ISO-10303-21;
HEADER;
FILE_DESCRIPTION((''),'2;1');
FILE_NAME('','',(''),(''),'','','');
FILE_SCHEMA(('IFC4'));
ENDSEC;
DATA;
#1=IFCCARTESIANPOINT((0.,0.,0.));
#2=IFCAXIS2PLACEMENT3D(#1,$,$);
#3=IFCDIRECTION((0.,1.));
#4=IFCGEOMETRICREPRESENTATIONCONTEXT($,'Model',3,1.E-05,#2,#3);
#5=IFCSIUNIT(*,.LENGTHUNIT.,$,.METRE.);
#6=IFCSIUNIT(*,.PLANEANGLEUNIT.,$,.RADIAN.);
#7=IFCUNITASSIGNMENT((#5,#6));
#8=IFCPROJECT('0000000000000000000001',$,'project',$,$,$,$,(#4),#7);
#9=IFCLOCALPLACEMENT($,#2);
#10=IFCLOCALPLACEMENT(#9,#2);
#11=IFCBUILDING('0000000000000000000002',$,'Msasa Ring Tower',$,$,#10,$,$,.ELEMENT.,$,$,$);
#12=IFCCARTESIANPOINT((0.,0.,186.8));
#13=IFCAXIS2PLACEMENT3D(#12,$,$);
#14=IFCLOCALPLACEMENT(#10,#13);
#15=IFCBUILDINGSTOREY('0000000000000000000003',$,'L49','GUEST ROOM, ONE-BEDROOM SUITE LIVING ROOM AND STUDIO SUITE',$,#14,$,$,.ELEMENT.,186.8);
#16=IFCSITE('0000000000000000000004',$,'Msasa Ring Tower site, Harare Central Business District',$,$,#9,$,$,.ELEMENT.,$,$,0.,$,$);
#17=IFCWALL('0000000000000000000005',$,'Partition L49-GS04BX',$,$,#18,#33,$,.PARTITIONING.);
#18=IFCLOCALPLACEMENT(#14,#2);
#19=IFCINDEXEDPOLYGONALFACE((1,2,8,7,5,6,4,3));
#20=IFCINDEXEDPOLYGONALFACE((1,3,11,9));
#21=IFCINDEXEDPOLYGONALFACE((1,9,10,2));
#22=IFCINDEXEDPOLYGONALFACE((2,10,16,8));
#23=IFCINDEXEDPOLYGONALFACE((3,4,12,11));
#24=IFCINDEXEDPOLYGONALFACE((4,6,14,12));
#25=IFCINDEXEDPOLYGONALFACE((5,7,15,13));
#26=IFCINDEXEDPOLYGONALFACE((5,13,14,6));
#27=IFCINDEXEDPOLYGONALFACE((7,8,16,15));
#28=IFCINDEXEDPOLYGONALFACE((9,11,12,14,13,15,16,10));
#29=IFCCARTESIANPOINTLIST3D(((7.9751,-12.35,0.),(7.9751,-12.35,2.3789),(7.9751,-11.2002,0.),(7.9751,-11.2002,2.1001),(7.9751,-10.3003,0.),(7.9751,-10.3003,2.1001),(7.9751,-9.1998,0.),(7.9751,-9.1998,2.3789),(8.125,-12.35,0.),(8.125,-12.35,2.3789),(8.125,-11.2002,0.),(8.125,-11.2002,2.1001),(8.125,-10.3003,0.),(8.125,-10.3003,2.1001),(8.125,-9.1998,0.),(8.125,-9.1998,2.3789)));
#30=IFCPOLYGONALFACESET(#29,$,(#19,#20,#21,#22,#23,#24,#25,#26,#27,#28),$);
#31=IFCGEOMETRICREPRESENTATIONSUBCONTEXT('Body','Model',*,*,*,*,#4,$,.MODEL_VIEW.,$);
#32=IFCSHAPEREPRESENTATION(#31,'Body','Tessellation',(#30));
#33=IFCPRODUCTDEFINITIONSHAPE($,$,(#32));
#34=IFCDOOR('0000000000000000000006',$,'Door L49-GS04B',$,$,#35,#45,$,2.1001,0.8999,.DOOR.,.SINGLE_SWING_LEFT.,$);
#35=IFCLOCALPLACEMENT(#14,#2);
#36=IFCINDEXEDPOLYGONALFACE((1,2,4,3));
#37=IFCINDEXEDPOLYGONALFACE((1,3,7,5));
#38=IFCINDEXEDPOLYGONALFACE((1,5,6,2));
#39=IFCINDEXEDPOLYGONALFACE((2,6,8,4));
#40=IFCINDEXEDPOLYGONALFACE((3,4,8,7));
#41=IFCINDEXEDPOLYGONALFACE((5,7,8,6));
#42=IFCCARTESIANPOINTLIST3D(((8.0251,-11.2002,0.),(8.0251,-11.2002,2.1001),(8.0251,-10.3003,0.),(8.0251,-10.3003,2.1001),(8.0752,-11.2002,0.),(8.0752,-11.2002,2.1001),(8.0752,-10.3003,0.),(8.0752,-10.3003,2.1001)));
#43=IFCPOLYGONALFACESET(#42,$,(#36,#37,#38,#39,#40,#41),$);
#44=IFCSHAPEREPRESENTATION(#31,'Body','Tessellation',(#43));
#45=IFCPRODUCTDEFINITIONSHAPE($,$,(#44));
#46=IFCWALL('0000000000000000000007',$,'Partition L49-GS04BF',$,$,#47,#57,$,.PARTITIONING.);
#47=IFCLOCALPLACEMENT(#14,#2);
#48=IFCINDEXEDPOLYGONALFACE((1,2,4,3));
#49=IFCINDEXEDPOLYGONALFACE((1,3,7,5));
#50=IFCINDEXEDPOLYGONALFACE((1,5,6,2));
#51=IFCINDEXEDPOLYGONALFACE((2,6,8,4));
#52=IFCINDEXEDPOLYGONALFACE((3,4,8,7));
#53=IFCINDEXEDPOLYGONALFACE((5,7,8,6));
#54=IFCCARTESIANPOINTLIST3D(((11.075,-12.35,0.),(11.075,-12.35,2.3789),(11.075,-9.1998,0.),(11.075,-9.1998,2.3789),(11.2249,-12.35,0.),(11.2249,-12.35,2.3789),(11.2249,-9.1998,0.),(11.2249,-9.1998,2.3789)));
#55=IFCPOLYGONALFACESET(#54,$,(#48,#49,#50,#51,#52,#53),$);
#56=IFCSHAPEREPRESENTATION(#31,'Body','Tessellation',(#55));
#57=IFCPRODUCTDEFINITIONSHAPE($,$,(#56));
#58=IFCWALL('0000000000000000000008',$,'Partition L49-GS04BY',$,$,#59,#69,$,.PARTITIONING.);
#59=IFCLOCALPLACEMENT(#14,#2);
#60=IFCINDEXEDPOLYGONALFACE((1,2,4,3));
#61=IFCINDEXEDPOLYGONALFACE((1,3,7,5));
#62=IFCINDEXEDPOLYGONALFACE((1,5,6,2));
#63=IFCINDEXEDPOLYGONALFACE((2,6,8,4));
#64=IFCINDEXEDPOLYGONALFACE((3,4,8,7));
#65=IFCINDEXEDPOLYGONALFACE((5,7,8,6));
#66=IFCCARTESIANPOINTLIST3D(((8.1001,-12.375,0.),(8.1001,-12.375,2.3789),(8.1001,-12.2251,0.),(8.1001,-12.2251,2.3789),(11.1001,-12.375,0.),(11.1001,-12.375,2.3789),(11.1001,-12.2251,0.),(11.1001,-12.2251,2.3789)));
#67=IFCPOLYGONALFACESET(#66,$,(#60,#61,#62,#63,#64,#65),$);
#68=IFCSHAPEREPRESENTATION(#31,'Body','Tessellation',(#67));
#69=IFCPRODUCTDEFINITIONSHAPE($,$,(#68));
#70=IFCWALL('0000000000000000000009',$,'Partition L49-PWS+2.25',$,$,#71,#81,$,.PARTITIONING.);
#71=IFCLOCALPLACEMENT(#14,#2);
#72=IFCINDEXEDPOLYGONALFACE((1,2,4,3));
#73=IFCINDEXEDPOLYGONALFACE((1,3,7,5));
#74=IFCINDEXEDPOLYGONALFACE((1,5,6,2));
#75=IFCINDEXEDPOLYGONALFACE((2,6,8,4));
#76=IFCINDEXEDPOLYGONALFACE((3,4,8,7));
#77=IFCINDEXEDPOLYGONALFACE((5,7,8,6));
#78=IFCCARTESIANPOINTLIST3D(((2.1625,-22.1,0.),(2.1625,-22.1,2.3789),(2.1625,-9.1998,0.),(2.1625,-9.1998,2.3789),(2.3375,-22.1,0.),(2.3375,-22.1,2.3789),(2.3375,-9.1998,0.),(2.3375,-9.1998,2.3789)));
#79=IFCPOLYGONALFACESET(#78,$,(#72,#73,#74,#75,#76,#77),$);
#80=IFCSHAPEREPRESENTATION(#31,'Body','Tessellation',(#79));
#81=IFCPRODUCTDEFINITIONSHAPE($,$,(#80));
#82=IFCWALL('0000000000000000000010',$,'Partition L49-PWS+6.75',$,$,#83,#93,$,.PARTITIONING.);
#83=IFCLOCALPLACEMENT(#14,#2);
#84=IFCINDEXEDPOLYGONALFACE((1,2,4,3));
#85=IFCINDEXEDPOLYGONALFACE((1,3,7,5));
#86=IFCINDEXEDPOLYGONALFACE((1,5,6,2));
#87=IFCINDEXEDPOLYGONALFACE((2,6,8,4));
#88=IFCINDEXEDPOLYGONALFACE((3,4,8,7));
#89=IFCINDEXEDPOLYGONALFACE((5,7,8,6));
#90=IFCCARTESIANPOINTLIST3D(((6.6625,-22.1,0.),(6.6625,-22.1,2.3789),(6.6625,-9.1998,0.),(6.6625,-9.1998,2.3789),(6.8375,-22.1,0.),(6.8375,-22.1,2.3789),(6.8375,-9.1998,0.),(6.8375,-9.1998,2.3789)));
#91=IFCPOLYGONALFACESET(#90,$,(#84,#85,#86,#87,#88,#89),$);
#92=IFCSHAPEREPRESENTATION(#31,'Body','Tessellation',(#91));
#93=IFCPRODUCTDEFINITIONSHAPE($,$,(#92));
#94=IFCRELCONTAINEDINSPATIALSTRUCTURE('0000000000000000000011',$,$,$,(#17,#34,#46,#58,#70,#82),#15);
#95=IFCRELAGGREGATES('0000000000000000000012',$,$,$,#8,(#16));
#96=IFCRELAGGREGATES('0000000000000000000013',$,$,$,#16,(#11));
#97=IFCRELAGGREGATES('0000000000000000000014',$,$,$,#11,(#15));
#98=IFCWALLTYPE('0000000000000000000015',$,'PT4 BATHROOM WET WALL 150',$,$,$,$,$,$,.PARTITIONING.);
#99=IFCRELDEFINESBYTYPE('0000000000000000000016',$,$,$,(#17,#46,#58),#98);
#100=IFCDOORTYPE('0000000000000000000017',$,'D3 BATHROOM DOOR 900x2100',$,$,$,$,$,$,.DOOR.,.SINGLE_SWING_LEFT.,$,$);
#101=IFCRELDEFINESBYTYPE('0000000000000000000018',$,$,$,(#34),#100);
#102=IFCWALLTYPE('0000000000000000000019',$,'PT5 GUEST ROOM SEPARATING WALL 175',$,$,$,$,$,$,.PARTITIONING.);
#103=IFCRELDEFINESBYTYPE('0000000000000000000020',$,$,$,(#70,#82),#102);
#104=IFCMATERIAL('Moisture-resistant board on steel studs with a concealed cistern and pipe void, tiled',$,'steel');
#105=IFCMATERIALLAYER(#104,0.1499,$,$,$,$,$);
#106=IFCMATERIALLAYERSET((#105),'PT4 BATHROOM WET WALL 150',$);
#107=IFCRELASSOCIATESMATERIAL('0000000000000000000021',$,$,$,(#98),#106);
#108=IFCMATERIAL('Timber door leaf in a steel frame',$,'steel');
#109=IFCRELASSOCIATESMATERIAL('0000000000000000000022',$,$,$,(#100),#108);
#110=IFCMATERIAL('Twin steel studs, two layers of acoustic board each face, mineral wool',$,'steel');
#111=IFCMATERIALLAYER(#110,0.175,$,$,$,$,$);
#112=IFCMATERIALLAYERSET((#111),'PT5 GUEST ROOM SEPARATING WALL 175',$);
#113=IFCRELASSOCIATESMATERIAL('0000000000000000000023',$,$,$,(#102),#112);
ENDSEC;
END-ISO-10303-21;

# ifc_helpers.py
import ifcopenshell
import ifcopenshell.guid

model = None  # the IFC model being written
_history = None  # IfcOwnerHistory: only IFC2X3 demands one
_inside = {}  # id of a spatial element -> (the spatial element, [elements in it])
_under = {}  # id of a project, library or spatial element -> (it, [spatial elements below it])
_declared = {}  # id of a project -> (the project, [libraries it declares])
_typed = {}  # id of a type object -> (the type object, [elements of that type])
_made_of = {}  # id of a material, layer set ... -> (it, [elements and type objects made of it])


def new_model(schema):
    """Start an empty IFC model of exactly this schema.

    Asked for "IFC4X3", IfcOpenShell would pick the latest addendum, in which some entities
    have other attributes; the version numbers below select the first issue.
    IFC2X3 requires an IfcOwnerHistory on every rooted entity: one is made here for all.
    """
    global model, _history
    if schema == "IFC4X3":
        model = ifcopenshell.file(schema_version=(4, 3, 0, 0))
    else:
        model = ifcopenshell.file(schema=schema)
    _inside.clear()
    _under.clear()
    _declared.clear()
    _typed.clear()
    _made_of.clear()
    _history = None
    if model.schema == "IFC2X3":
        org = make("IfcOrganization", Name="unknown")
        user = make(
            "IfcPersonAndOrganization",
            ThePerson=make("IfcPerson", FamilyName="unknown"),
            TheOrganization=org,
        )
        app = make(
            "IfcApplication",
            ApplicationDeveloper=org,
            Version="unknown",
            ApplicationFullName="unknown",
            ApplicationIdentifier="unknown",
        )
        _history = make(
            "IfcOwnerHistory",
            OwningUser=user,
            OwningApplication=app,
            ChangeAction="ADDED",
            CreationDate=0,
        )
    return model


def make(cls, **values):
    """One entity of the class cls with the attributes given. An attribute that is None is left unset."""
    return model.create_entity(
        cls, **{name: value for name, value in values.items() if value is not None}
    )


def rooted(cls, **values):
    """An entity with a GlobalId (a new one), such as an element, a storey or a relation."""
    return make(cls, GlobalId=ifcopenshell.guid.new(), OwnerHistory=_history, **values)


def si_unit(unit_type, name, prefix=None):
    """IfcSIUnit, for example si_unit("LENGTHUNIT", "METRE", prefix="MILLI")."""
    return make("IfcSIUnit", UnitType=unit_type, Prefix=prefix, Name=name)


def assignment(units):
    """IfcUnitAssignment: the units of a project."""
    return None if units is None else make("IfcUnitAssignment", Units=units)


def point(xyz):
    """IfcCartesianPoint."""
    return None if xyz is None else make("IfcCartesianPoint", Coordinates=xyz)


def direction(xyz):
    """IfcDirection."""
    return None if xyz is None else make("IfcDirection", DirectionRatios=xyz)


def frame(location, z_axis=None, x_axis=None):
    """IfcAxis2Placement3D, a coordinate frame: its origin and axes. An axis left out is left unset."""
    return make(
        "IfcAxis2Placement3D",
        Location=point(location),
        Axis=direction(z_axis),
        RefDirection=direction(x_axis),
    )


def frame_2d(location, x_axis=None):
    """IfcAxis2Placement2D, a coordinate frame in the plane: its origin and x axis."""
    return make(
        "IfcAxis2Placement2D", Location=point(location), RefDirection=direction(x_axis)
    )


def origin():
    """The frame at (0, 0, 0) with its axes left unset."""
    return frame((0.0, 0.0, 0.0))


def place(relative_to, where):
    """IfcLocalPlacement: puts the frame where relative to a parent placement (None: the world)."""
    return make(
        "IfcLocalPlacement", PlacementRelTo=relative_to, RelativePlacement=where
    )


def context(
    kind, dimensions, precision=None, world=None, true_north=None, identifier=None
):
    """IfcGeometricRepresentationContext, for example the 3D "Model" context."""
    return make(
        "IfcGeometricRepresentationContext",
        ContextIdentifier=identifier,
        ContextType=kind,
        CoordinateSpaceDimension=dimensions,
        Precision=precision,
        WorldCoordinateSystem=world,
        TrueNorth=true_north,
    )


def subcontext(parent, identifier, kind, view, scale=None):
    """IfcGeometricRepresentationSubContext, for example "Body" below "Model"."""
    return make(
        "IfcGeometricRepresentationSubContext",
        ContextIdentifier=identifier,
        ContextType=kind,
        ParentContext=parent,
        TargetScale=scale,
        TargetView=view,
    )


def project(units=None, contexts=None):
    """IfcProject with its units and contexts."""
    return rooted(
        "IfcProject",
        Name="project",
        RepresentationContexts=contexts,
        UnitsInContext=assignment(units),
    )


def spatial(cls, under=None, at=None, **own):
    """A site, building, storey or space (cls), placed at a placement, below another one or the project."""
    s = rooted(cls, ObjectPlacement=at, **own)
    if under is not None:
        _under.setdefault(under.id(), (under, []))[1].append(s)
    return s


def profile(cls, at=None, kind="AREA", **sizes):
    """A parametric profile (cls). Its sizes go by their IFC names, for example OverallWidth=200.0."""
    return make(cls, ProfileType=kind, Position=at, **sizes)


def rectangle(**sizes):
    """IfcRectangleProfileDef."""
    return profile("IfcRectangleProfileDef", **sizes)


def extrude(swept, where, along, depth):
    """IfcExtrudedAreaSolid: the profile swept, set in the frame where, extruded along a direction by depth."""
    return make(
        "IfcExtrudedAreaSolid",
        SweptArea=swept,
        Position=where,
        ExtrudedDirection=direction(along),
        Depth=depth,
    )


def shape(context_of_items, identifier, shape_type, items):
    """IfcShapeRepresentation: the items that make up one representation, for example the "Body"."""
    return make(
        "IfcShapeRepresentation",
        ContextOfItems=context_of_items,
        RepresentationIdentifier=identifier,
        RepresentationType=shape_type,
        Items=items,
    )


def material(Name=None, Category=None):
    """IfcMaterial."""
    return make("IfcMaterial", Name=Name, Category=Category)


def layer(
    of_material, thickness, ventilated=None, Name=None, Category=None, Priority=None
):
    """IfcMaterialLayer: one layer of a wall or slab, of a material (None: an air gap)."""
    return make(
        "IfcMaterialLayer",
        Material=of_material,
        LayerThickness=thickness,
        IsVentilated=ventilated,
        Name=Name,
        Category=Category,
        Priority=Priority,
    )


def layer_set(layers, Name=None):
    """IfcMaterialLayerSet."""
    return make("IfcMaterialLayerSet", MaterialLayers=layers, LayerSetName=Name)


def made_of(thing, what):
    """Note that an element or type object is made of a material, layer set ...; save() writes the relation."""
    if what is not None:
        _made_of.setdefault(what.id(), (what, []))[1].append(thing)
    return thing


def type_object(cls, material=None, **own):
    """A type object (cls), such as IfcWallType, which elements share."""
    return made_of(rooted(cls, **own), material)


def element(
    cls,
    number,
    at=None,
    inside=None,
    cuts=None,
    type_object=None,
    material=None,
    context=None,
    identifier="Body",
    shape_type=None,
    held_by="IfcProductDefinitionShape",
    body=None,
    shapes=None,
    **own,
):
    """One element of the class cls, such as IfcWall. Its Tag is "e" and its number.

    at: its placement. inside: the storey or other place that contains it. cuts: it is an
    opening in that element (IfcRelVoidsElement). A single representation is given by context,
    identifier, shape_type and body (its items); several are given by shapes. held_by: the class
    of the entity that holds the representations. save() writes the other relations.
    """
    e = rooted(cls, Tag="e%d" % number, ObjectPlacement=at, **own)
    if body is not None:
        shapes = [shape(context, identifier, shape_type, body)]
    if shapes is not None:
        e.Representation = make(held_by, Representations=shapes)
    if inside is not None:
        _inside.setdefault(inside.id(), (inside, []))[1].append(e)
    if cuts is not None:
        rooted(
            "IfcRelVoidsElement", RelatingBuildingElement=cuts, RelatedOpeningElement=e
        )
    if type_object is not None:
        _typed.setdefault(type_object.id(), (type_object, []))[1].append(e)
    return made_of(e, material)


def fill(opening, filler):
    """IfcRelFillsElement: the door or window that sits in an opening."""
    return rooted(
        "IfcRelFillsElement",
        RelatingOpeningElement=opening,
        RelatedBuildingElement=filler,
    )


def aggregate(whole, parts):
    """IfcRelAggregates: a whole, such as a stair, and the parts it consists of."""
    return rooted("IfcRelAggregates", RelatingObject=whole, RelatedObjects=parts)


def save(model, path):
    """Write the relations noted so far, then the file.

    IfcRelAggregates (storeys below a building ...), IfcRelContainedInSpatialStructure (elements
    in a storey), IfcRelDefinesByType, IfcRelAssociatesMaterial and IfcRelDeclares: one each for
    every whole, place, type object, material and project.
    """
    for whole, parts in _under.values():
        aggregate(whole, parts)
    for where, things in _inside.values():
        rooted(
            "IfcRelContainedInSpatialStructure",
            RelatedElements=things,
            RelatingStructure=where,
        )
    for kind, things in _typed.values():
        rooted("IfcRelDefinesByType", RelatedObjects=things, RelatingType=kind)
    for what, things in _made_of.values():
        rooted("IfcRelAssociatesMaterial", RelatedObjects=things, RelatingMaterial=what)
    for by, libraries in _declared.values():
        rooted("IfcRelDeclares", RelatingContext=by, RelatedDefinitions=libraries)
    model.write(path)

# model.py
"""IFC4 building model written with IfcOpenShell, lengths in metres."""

from ifc_helpers import new_model, si_unit, direction, frame, frame_2d, origin, place, context, subcontext, project, spatial, rectangle, extrude, material, layer, layer_set, type_object, element, fill, save


model = new_model("IFC4")

# Units and contexts
model_context = context("Model", 3, precision=1e-05, world=origin(), true_north=direction((0.0, 1.0)))
body_context = subcontext(model_context, "Body", "Model", "MODEL_VIEW")
ifc_project = project(units=[si_unit("LENGTHUNIT", "METRE"), si_unit("PLANEANGLEUNIT", "RADIAN")], contexts=[model_context])

# Site, building, storey
site_placement = place(None, origin())
site = spatial("IfcSite", under=ifc_project, at=site_placement, Name="Msasa Ring Tower site, Harare Central Business District", CompositionType="ELEMENT", RefElevation=0.0)
building_placement = place(site_placement, origin())
building = spatial("IfcBuilding", under=site, at=building_placement, Name="Msasa Ring Tower", CompositionType="ELEMENT")
storey_placement = place(building_placement, frame((0.0, 0.0, 186.8)))
storey = spatial("IfcBuildingStorey", under=building, at=storey_placement, Name="L49", Description="GUEST ROOM, ONE-BEDROOM SUITE LIVING ROOM AND STUDIO SUITE", CompositionType="ELEMENT", Elevation=186.8)

# Shared definitions
ifc_material_1 = material(Name="Moisture-resistant board on steel studs with a concealed cistern and pipe void, tiled", Category="steel")
ifc_layer_1 = layer(ifc_material_1, 0.1499)
ifc_layer_set_1 = layer_set([ifc_layer_1], Name="PT4 BATHROOM WET WALL 150")
wall_type_1 = type_object("IfcWallType", Name="PT4 BATHROOM WET WALL 150", PredefinedType="PARTITIONING", material=ifc_layer_set_1)
ifc_material_2 = material(Name="Timber door leaf in a steel frame", Category="steel")
door_type = type_object("IfcDoorType", Name="D3 BATHROOM DOOR 900x2100", OperationType="SINGLE_SWING_LEFT", PredefinedType="DOOR", material=ifc_material_2)

# Wall, opening, door
wall_1_placement = place(storey_placement, frame((8.05, -12.3501, 0.0), z_axis=(0.0, 0.0, 1.0), x_axis=(0.0, 1.0, 0.0)))
wall_1 = element("IfcWall", 1, at=wall_1_placement, inside=storey, type_object=wall_type_1, Name="Partition L49-GS04BX", PredefinedType="PARTITIONING", context=body_context, shape_type="SweptSolid", body=[
    extrude(rectangle(XDim=3.1501, YDim=0.1499, at=frame_2d((1.5752, 0.0))), origin(), (0.0, 0.0, 1.0), 2.3789),
])
opening_1_placement = place(wall_1_placement, frame((1.1499, 0.0, 0.0)))
opening_1 = element("IfcOpeningElement", 2, at=opening_1_placement, cuts=wall_1, PredefinedType="OPENING", context=body_context, shape_type="SweptSolid", body=[
    extrude(rectangle(XDim=0.8999, YDim=2.1001, at=frame_2d((0.45, 1.05))), frame((0.0, 0.085, 0.0), z_axis=(0.0, -1.0, 0.0), x_axis=(1.0, 0.0, 0.0)), (0.0, 0.0, 1.0), 0.1699),
])
door_1_placement = place(opening_1_placement, origin())
door_1 = element("IfcDoor", 3, at=door_1_placement, inside=storey, type_object=door_type, Name="Door L49-GS04B", OperationType="SINGLE_SWING_LEFT", OverallHeight=2.1001, OverallWidth=0.8999, PredefinedType="DOOR", context=body_context, shape_type="SweptSolid", body=[
    extrude(rectangle(XDim=0.8999, YDim=2.1001, at=frame_2d((0.45, 1.05))), frame((0.0, 0.0249, 0.0), z_axis=(0.0, -1.0, 0.0), x_axis=(1.0, 0.0, 0.0)), (0.0, 0.0, 1.0), 0.05),
])
fill(opening_1, door_1)

# Walls
wall_2_placement = place(storey_placement, frame((11.1499, -12.3501, 0.0), z_axis=(0.0, 0.0, 1.0), x_axis=(0.0, 1.0, 0.0)))
element("IfcWall", 4, at=wall_2_placement, inside=storey, type_object=wall_type_1, Name="Partition L49-GS04BF", PredefinedType="PARTITIONING", context=body_context, shape_type="SweptSolid", body=[
    extrude(rectangle(XDim=3.1501, YDim=0.1499, at=frame_2d((1.5752, 0.0))), origin(), (0.0, 0.0, 1.0), 2.3789),
])
wall_3_placement = place(storey_placement, frame((8.1001, -12.3, 0.0), z_axis=(0.0, 0.0, 1.0), x_axis=(1.0, 0.0, 0.0)))
element("IfcWall", 5, at=wall_3_placement, inside=storey, type_object=wall_type_1, Name="Partition L49-GS04BY", PredefinedType="PARTITIONING", context=body_context, shape_type="SweptSolid", body=[
    extrude(rectangle(XDim=3.0, YDim=0.1499, at=frame_2d((1.5, 0.0))), origin(), (0.0, 0.0, 1.0), 2.3789),
])
ifc_material_3 = material(Name="Twin steel studs, two layers of acoustic board each face, mineral wool", Category="steel")
ifc_layer_2 = layer(ifc_material_3, 0.175)
ifc_layer_set_2 = layer_set([ifc_layer_2], Name="PT5 GUEST ROOM SEPARATING WALL 175")
wall_type_2 = type_object("IfcWallType", Name="PT5 GUEST ROOM SEPARATING WALL 175", PredefinedType="PARTITIONING", material=ifc_layer_set_2)
for number, where, z_axis, x_axis, name in (
    (6, (2.25, -22.1001, 0.0), (0.0, 0.0, 1.0), (0.0, 1.0, 0.0), "Partition L49-PWS+2.25"),
    (7, (6.75, -22.1001, 0.0), (0.0, 0.0, 1.0), (0.0, 1.0, 0.0), "Partition L49-PWS+6.75"),
):
    element("IfcWall", number, at=place(storey_placement, frame(where, z_axis=z_axis, x_axis=x_axis)), inside=storey, type_object=wall_type_2, Name=name, PredefinedType="PARTITIONING", context=body_context, shape_type="SweptSolid", body=[
        extrude(rectangle(XDim=12.9001, YDim=0.175, at=frame_2d((6.4502, 0.0))), origin(), (0.0, 0.0, 1.0), 2.3789),
    ])

save(model, "model.ifc")
